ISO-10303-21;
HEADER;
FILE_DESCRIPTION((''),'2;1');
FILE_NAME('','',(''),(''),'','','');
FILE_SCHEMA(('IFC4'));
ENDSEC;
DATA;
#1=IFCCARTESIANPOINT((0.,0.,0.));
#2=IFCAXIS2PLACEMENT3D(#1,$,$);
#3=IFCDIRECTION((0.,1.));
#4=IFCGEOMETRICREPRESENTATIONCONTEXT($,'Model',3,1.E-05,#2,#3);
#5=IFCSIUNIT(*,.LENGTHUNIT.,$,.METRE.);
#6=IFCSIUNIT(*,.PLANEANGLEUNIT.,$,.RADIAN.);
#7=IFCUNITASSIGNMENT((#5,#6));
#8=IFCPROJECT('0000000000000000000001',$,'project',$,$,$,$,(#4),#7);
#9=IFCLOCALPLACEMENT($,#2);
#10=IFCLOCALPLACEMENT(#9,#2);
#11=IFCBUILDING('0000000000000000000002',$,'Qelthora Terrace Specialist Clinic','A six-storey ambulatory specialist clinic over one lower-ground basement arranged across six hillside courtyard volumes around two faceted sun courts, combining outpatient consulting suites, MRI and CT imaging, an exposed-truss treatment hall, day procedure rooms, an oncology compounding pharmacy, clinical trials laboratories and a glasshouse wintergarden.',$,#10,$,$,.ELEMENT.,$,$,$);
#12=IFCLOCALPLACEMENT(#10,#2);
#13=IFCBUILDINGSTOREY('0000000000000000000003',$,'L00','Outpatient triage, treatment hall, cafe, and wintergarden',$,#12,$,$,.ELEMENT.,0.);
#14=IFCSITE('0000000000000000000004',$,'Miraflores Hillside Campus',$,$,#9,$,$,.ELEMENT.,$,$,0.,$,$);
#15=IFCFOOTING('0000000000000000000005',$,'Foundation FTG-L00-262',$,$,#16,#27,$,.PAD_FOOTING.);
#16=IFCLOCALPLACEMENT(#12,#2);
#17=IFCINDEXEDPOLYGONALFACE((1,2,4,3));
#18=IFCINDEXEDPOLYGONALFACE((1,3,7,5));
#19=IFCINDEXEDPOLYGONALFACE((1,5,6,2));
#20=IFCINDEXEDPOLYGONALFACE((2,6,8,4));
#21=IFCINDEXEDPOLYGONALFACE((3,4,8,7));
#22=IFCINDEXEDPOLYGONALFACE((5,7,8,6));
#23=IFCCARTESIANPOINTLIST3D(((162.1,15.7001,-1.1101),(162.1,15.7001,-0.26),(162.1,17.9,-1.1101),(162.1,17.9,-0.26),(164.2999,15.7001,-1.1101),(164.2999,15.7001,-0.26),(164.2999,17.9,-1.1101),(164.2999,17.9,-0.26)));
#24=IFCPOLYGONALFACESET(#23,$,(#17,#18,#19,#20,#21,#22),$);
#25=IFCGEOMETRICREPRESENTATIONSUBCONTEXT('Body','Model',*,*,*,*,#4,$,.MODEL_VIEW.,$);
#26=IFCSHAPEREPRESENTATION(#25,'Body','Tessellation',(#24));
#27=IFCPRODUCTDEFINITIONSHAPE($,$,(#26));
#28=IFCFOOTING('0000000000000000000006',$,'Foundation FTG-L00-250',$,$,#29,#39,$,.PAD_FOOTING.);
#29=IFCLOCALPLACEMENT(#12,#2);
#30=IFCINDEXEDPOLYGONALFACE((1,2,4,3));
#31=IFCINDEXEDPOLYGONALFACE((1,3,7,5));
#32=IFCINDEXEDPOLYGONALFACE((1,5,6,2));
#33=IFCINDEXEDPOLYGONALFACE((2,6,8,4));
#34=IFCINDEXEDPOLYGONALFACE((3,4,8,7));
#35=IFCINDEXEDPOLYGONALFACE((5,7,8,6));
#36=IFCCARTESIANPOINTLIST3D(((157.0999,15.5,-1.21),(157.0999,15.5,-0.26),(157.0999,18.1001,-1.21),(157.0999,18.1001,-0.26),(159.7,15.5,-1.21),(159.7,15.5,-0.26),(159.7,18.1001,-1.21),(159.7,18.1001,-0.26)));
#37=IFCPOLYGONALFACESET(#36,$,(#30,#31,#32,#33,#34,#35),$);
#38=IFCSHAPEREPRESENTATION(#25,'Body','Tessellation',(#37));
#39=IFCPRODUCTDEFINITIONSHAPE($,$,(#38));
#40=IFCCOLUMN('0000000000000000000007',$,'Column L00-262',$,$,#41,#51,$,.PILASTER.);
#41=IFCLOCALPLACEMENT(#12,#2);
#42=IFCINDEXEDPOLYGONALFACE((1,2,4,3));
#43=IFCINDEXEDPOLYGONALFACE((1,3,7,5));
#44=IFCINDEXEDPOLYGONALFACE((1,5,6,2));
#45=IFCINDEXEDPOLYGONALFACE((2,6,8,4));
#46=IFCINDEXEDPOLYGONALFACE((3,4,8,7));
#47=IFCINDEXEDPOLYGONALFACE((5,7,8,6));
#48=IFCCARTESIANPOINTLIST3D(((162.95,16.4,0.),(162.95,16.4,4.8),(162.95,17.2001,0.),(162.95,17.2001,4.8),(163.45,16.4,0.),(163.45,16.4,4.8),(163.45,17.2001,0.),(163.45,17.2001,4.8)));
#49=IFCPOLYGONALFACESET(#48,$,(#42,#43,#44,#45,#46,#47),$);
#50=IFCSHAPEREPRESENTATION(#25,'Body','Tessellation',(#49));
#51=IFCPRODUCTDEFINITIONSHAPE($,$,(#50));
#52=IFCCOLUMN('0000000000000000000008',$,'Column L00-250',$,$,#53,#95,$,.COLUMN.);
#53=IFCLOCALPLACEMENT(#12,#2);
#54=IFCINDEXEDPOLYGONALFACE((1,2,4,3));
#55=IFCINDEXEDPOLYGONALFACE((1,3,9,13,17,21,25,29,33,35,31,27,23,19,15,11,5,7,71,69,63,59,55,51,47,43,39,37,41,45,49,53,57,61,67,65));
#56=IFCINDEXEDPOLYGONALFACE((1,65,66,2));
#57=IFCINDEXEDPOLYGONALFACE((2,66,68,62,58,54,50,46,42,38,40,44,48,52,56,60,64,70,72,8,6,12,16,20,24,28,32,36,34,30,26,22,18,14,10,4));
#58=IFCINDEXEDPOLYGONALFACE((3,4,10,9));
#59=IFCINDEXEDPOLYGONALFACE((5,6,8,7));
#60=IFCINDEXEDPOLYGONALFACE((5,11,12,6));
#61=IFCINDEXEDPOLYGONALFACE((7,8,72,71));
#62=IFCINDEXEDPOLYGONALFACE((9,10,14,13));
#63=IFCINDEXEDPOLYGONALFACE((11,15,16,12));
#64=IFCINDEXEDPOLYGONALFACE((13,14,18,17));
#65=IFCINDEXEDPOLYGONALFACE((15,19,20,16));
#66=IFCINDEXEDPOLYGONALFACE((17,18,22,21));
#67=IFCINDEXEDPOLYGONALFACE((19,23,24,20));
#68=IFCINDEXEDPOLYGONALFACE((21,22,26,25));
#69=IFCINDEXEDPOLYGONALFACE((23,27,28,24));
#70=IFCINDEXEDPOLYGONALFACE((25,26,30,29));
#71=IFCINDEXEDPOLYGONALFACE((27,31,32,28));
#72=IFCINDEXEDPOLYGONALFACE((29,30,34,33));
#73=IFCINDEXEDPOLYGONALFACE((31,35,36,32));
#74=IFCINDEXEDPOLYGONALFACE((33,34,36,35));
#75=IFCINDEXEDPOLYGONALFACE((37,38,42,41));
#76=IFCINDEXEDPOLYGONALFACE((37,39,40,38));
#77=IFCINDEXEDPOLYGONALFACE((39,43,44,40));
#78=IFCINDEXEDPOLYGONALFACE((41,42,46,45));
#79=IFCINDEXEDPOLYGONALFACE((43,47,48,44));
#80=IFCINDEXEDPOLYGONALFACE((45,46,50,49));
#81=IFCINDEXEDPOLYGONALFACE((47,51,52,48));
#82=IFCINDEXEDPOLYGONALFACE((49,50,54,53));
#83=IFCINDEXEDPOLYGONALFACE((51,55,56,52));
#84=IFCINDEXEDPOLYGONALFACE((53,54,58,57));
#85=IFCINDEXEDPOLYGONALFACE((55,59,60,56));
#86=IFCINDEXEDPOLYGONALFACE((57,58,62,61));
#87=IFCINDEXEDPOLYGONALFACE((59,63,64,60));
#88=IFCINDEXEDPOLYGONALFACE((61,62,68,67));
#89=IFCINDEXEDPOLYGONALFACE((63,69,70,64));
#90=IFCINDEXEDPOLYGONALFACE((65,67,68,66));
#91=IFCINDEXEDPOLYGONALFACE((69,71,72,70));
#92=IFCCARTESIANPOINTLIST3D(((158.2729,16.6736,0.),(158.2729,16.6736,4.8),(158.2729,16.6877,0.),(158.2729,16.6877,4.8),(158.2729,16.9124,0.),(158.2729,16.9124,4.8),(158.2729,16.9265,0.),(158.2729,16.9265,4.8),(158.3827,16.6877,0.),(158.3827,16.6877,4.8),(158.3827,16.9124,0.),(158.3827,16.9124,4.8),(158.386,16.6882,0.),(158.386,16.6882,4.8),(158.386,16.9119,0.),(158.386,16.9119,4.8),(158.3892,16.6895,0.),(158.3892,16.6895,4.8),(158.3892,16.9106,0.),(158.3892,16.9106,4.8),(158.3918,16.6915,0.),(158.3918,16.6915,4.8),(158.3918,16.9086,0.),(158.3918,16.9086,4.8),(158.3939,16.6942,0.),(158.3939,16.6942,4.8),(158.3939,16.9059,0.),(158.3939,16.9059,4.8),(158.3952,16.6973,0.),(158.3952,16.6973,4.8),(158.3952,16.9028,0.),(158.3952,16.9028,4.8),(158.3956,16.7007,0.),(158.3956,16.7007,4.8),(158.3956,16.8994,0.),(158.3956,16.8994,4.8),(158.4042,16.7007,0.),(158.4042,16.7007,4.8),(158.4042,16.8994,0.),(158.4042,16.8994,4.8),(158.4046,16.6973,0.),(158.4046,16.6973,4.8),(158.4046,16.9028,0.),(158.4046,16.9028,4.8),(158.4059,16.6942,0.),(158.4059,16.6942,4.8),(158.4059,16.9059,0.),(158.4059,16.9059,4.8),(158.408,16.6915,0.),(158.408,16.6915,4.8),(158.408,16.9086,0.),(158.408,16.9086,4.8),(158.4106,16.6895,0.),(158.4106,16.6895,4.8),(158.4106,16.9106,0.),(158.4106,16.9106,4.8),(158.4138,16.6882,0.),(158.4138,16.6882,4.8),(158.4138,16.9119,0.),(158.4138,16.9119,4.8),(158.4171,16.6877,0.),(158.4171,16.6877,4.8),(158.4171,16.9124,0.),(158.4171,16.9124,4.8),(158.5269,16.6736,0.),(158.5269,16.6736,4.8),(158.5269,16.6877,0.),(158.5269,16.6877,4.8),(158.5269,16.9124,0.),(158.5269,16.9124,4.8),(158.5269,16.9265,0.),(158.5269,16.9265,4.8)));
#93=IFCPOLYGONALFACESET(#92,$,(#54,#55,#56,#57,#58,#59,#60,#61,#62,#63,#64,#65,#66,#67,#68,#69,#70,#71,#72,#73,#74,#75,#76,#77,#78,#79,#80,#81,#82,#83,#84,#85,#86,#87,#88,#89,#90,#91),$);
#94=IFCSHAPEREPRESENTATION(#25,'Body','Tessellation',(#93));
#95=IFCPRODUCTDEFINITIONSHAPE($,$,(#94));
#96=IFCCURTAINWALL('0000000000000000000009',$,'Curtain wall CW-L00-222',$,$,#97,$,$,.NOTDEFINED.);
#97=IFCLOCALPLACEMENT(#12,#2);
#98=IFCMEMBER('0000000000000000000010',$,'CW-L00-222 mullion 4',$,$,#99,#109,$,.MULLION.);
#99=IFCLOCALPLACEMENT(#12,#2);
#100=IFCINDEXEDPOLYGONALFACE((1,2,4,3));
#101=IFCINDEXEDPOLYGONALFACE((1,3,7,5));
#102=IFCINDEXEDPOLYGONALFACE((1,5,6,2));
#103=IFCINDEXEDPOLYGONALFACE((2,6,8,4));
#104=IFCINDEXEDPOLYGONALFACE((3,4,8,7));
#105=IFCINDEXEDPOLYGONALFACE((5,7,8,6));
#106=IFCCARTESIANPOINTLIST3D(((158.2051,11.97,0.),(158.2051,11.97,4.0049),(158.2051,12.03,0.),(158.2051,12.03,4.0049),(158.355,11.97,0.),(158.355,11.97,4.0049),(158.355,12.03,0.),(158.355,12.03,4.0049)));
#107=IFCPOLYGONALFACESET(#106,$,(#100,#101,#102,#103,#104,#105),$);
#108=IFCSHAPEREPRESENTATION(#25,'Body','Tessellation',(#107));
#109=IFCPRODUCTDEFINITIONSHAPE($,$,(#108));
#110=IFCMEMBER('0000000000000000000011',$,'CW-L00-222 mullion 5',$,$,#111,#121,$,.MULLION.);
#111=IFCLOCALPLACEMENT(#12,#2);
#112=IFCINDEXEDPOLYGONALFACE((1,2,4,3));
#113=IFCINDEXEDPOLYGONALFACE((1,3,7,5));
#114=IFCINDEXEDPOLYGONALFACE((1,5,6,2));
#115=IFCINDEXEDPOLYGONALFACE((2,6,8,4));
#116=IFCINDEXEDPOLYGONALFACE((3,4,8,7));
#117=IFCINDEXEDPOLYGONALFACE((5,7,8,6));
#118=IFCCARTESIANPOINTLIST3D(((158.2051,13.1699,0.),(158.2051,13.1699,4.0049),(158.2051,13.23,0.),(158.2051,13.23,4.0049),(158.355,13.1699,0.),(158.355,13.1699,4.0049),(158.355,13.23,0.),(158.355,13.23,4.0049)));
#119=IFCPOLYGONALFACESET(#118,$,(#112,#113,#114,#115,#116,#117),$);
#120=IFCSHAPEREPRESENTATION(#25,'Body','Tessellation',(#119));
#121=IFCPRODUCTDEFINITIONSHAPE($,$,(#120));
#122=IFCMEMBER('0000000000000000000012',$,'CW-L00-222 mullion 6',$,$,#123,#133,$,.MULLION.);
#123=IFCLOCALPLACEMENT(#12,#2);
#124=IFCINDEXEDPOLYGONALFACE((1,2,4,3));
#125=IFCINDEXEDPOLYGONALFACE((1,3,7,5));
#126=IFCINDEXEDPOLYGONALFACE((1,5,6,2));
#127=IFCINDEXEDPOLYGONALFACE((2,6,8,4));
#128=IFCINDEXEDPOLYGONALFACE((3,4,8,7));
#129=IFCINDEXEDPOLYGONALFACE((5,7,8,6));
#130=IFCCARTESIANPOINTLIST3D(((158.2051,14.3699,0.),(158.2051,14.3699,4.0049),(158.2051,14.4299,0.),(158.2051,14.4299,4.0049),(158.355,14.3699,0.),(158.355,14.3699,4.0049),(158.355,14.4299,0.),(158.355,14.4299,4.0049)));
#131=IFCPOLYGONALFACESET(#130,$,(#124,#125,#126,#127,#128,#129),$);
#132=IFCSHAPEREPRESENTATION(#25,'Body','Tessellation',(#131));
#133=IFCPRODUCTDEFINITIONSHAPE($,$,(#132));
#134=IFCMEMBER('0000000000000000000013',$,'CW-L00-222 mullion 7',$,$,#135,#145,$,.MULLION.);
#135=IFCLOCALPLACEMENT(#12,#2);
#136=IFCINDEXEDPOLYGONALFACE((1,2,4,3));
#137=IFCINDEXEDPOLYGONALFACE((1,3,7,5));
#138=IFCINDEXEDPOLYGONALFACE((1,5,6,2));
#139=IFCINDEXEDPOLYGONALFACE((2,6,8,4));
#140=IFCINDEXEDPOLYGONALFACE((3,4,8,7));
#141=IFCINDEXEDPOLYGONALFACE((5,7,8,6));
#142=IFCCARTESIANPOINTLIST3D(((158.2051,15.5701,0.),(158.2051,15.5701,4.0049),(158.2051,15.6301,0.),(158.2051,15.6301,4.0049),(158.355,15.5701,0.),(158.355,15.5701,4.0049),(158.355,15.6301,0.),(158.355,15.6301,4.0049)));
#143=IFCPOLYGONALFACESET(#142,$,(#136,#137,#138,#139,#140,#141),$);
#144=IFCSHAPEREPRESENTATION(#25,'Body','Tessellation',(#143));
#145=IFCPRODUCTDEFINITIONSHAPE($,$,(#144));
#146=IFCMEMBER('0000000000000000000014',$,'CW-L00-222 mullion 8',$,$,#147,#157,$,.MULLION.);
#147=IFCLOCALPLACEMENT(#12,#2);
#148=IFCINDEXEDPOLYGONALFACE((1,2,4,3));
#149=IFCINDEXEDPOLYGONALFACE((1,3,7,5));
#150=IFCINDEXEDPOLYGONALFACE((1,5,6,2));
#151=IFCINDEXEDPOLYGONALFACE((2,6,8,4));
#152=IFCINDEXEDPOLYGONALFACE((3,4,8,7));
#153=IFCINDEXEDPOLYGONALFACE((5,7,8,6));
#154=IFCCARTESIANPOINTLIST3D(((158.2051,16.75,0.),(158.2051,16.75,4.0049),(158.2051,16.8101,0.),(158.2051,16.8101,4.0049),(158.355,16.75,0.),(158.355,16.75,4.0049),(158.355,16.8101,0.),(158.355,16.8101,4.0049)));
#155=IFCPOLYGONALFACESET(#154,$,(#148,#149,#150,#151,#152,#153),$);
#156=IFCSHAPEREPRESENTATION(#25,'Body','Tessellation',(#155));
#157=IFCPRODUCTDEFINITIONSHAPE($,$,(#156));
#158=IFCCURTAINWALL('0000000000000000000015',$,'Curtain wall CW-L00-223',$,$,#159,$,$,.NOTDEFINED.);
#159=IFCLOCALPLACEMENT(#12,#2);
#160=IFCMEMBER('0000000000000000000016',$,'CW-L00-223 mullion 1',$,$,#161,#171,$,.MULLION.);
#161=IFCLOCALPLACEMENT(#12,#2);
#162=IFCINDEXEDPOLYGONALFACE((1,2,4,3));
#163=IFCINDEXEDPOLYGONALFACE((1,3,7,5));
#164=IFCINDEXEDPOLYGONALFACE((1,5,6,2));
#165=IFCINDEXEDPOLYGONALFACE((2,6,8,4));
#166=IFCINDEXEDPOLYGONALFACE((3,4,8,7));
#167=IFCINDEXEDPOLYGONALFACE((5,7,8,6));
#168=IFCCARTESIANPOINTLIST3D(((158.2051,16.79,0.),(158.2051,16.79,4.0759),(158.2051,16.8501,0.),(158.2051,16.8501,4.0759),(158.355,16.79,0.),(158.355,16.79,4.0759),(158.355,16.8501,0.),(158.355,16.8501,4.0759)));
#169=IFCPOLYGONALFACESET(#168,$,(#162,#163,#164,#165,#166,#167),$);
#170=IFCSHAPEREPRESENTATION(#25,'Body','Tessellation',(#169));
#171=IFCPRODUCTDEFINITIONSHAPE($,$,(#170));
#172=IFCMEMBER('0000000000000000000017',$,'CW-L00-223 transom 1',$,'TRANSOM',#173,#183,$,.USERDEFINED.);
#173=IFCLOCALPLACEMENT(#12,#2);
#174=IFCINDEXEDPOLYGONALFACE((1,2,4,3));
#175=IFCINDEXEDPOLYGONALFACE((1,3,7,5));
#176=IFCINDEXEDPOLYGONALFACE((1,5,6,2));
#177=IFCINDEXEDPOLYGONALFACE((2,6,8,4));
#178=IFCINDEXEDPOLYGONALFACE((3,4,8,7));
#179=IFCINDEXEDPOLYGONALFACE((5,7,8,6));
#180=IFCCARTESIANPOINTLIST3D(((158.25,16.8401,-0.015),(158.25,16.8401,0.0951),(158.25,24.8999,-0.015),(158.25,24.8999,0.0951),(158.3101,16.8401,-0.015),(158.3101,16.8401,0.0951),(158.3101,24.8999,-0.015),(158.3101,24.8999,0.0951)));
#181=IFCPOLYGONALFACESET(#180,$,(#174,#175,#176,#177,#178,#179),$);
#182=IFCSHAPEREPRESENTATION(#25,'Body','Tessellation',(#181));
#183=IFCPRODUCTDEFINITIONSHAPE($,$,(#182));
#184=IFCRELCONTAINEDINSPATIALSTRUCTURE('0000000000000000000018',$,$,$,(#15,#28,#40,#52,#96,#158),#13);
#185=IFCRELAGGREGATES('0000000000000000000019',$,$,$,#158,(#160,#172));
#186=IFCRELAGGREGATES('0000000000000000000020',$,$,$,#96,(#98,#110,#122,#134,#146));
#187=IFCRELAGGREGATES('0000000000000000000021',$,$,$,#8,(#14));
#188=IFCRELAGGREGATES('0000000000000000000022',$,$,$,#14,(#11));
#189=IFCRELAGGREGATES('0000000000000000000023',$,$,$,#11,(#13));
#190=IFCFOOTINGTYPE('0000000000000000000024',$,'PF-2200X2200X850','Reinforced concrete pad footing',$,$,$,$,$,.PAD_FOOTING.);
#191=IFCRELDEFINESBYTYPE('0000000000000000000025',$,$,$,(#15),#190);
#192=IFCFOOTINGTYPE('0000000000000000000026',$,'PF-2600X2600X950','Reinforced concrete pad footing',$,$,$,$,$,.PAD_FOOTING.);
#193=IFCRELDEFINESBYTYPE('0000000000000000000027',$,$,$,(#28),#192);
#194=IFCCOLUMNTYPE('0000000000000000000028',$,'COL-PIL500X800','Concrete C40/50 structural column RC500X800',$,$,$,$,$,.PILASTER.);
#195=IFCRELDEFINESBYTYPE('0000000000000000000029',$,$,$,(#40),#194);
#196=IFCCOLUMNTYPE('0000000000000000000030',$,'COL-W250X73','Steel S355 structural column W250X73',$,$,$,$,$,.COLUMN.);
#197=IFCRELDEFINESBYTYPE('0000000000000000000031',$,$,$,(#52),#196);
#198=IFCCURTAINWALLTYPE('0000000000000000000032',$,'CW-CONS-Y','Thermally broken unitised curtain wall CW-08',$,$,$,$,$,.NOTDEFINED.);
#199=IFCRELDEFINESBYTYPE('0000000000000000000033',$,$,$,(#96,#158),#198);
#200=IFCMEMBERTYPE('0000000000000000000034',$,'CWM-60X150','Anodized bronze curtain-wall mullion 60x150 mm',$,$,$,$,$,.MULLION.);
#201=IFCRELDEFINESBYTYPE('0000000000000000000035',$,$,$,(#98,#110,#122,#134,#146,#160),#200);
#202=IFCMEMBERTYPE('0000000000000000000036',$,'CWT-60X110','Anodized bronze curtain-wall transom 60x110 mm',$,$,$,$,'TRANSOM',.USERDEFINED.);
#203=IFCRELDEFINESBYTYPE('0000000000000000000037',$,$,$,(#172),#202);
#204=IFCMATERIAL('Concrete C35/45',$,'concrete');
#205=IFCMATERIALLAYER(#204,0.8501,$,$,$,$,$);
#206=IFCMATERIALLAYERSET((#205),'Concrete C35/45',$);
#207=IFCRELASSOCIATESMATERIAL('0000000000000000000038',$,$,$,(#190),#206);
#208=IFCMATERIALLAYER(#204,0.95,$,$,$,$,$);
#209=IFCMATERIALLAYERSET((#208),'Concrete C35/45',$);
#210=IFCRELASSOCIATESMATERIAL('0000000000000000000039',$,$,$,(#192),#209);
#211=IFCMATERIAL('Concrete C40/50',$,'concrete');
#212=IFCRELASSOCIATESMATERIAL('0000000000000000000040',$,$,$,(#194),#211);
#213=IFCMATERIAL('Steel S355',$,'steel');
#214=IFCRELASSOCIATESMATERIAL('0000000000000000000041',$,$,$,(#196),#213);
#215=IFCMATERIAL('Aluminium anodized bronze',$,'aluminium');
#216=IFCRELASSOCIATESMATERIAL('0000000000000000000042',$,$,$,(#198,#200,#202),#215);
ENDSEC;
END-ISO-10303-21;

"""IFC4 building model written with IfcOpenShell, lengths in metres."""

from ifc_helpers import new_model, si_unit, direction, frame, origin, origin_2d, place, context, subcontext, project, spatial, rectangle, i_section, extrude, material, layer, layer_set, material_profile, profile_set, type_object, element, aggregate, save


model = new_model("IFC4")

# Units and contexts
model_context = context("Model", 3, precision=1e-05, world=origin(), true_north=direction((0.0, 1.0)))
body_context = subcontext(model_context, "Body", "Model", "MODEL_VIEW")
ifc_project = project(units=[si_unit("LENGTHUNIT", "METRE"), si_unit("PLANEANGLEUNIT", "RADIAN")], contexts=[model_context])

# Site, building, storey
site_placement = place(None, origin())
site = spatial("IfcSite", under=ifc_project, at=site_placement, Name="Miraflores Hillside Campus", CompositionType="ELEMENT", RefElevation=0.0)
building_placement = place(site_placement, origin())
building = spatial("IfcBuilding", under=site, at=building_placement, Name="Qelthora Terrace Specialist Clinic", Description="A six-storey ambulatory specialist clinic over one lower-ground basement arranged across six hillside courtyard volumes around two faceted sun courts, combining outpatient consulting suites, MRI and CT imaging, an exposed-truss treatment hall, day procedure rooms, an oncology compounding pharmacy, clinical trials laboratories and a glasshouse wintergarden.", CompositionType="ELEMENT")
storey_placement = place(building_placement, origin())
storey = spatial("IfcBuildingStorey", under=building, at=storey_placement, Name="L00", Description="Outpatient triage, treatment hall, cafe, and wintergarden", CompositionType="ELEMENT", Elevation=0.0)

# Footings
ifc_material_1 = material(Name="Concrete C35/45", Category="concrete")
ifc_layer_1 = layer(ifc_material_1, 0.8501)
ifc_layer_set_1 = layer_set([ifc_layer_1], Name="Concrete C35/45")
footing_type_1 = type_object("IfcFootingType", Name="PF-2200X2200X850", Description="Reinforced concrete pad footing", PredefinedType="PAD_FOOTING", material=ifc_layer_set_1)
footing_1_placement = place(storey_placement, frame((163.2, 16.8, -1.1101), z_axis=(0.0, 0.0, 1.0), x_axis=(1.0, 0.0, 0.0)))
element("IfcFooting", 1, at=footing_1_placement, inside=storey, type_object=footing_type_1, Name="Foundation FTG-L00-262", PredefinedType="PAD_FOOTING", context=body_context, shape_type="SweptSolid", body=[
    extrude(rectangle(XDim=2.2, YDim=2.2, at=origin_2d()), origin(), (0.0, 0.0, 1.0), 0.8501),
])
ifc_layer_2 = layer(ifc_material_1, 0.95)
ifc_layer_set_2 = layer_set([ifc_layer_2], Name="Concrete C35/45")
footing_type_2 = type_object("IfcFootingType", Name="PF-2600X2600X950", Description="Reinforced concrete pad footing", PredefinedType="PAD_FOOTING", material=ifc_layer_set_2)
footing_2_placement = place(storey_placement, frame((158.3999, 16.8, -1.21), z_axis=(0.0, 0.0, 1.0), x_axis=(1.0, 0.0, 0.0)))
element("IfcFooting", 2, at=footing_2_placement, inside=storey, type_object=footing_type_2, Name="Foundation FTG-L00-250", PredefinedType="PAD_FOOTING", context=body_context, shape_type="SweptSolid", body=[
    extrude(rectangle(XDim=2.6001, YDim=2.6001, at=origin_2d()), origin(), (0.0, 0.0, 1.0), 0.95),
])

# Columns
ifc_material_2 = material(Name="Concrete C40/50", Category="concrete")
ifc_material_profile_1 = material_profile(ifc_material_2, rectangle(XDim=0.5, YDim=0.8, at=origin_2d()), Name="RC500X800")
ifc_profile_set_1 = profile_set([ifc_material_profile_1], Name="Concrete C40/50")
column_type_1 = type_object("IfcColumnType", Name="COL-PIL500X800", Description="Concrete C40/50 structural column RC500X800", PredefinedType="PILASTER", material=ifc_profile_set_1)
column_1_placement = place(storey_placement, frame((163.2, 16.8, 0.0), z_axis=(0.0, 0.0, 1.0), x_axis=(1.0, 0.0, 0.0)))
element("IfcColumn", 3, at=column_1_placement, inside=storey, type_object=column_type_1, Name="Column L00-262", PredefinedType="PILASTER", context=body_context, shape_type="SweptSolid", body=[
    extrude(rectangle(XDim=0.5, YDim=0.8, at=origin_2d()), origin(), (0.0, 0.0, 1.0), 4.8),
])
ifc_material_3 = material(Name="Steel S355", Category="steel")
ifc_material_profile_2 = material_profile(ifc_material_3, i_section(OverallWidth=0.2539, OverallDepth=0.2529, WebThickness=0.0085, FlangeThickness=0.0142, FilletRadius=0.0129, at=origin_2d()), Name="W250X73")
ifc_profile_set_2 = profile_set([ifc_material_profile_2], Name="Steel S355")
column_type_2 = type_object("IfcColumnType", Name="COL-W250X73", Description="Steel S355 structural column W250X73", PredefinedType="COLUMN", material=ifc_profile_set_2)
column_2_placement = place(storey_placement, frame((158.3999, 16.8, 0.0), z_axis=(0.0, 0.0, 1.0), x_axis=(1.0, 0.0, 0.0)))
element("IfcColumn", 4, at=column_2_placement, inside=storey, type_object=column_type_2, Name="Column L00-250", PredefinedType="COLUMN", context=body_context, shape_type="SweptSolid", body=[
    extrude(i_section(OverallWidth=0.2539, OverallDepth=0.2529, WebThickness=0.0085, FlangeThickness=0.0142, FilletRadius=0.0129, at=origin_2d()), origin(), (0.0, 0.0, 1.0), 4.8),
])

# Curtain walls, members
ifc_material_4 = material(Name="Aluminium anodized bronze", Category="aluminium")
curtain_wall_type = type_object("IfcCurtainWallType", Name="CW-CONS-Y", Description="Thermally broken unitised curtain wall CW-08", PredefinedType="NOTDEFINED", material=ifc_material_4)
curtain_wall_1_placement = place(storey_placement, origin())
curtain_wall_1 = element("IfcCurtainWall", 5, at=curtain_wall_1_placement, inside=storey, type_object=curtain_wall_type, Name="Curtain wall CW-L00-222", PredefinedType="NOTDEFINED")
ifc_material_profile_3 = material_profile(ifc_material_4, rectangle(XDim=0.0601, YDim=0.1499, at=origin_2d()), Name="CWM60X150")
ifc_profile_set_3 = profile_set([ifc_material_profile_3], Name="Aluminium anodized bronze")
member_type_1 = type_object("IfcMemberType", Name="CWM-60X150", Description="Anodized bronze curtain-wall mullion 60x150 mm", PredefinedType="MULLION", material=ifc_profile_set_3)
member_1_placement = place(storey_placement, frame((158.28, 12.0, 0.0), z_axis=(0.0, 0.0, 1.0), x_axis=(0.0, 1.0, 0.0)))
member_1 = element("IfcMember", 6, at=member_1_placement, type_object=member_type_1, Name="CW-L00-222 mullion 4", PredefinedType="MULLION", context=body_context, shape_type="SweptSolid", body=[
    extrude(rectangle(XDim=0.0601, YDim=0.1499, at=origin_2d()), origin(), (0.0, 0.0, 1.0), 4.0049),
])
member_2_placement = place(storey_placement, frame((158.28, 13.2, 0.0), z_axis=(0.0, 0.0, 1.0), x_axis=(0.0, 1.0, 0.0)))
member_2 = element("IfcMember", 7, at=member_2_placement, type_object=member_type_1, Name="CW-L00-222 mullion 5", PredefinedType="MULLION", context=body_context, shape_type="SweptSolid", body=[
    extrude(rectangle(XDim=0.0601, YDim=0.1499, at=origin_2d()), origin(), (0.0, 0.0, 1.0), 4.0049),
])
member_3_placement = place(storey_placement, frame((158.28, 14.3999, 0.0), z_axis=(0.0, 0.0, 1.0), x_axis=(0.0, 1.0, 0.0)))
member_3 = element("IfcMember", 8, at=member_3_placement, type_object=member_type_1, Name="CW-L00-222 mullion 6", PredefinedType="MULLION", context=body_context, shape_type="SweptSolid", body=[
    extrude(rectangle(XDim=0.0601, YDim=0.1499, at=origin_2d()), origin(), (0.0, 0.0, 1.0), 4.0049),
])
member_4_placement = place(storey_placement, frame((158.28, 15.6001, 0.0), z_axis=(0.0, 0.0, 1.0), x_axis=(0.0, 1.0, 0.0)))
member_4 = element("IfcMember", 9, at=member_4_placement, type_object=member_type_1, Name="CW-L00-222 mullion 7", PredefinedType="MULLION", context=body_context, shape_type="SweptSolid", body=[
    extrude(rectangle(XDim=0.0601, YDim=0.1499, at=origin_2d()), origin(), (0.0, 0.0, 1.0), 4.0049),
])
member_5_placement = place(storey_placement, frame((158.28, 16.78, 0.0), z_axis=(0.0, 0.0, 1.0), x_axis=(0.0, 1.0, 0.0)))
member_5 = element("IfcMember", 10, at=member_5_placement, type_object=member_type_1, Name="CW-L00-222 mullion 8", PredefinedType="MULLION", context=body_context, shape_type="SweptSolid", body=[
    extrude(rectangle(XDim=0.0601, YDim=0.1499, at=origin_2d()), origin(), (0.0, 0.0, 1.0), 4.0049),
])
curtain_wall_2_placement = place(storey_placement, origin())
curtain_wall_2 = element("IfcCurtainWall", 11, at=curtain_wall_2_placement, inside=storey, type_object=curtain_wall_type, Name="Curtain wall CW-L00-223", PredefinedType="NOTDEFINED")
member_6_placement = place(storey_placement, frame((158.28, 16.8201, 0.0), z_axis=(0.0, 0.0, 1.0), x_axis=(0.0, 1.0, 0.0)))
member_6 = element("IfcMember", 12, at=member_6_placement, type_object=member_type_1, Name="CW-L00-223 mullion 1", PredefinedType="MULLION", context=body_context, shape_type="SweptSolid", body=[
    extrude(rectangle(XDim=0.0601, YDim=0.1499, at=origin_2d()), origin(), (0.0, 0.0, 1.0), 4.0759),
])
ifc_material_profile_4 = material_profile(ifc_material_4, rectangle(XDim=0.0601, YDim=0.1101, at=origin_2d()), Name="CWT60X110")
ifc_profile_set_4 = profile_set([ifc_material_profile_4], Name="Aluminium anodized bronze")
member_type_2 = type_object("IfcMemberType", Name="CWT-60X110", Description="Anodized bronze curtain-wall transom 60x110 mm", ElementType="TRANSOM", PredefinedType="USERDEFINED", material=ifc_profile_set_4)
member_7_placement = place(storey_placement, frame((158.28, 16.8401, 0.04), z_axis=(0.0, 1.0, 0.0), x_axis=(-1.0, 0.0, 0.0)))
member_7 = element("IfcMember", 13, at=member_7_placement, type_object=member_type_2, Name="CW-L00-223 transom 1", ObjectType="TRANSOM", PredefinedType="USERDEFINED", context=body_context, shape_type="SweptSolid", body=[
    extrude(rectangle(XDim=0.0601, YDim=0.1101, at=origin_2d()), origin(), (0.0, 0.0, 1.0), 8.0598),
])
aggregate(curtain_wall_2, [member_6, member_7])

aggregate(curtain_wall_1, [member_1, member_2, member_3, member_4, member_5])

save(model, "model.ifc")
